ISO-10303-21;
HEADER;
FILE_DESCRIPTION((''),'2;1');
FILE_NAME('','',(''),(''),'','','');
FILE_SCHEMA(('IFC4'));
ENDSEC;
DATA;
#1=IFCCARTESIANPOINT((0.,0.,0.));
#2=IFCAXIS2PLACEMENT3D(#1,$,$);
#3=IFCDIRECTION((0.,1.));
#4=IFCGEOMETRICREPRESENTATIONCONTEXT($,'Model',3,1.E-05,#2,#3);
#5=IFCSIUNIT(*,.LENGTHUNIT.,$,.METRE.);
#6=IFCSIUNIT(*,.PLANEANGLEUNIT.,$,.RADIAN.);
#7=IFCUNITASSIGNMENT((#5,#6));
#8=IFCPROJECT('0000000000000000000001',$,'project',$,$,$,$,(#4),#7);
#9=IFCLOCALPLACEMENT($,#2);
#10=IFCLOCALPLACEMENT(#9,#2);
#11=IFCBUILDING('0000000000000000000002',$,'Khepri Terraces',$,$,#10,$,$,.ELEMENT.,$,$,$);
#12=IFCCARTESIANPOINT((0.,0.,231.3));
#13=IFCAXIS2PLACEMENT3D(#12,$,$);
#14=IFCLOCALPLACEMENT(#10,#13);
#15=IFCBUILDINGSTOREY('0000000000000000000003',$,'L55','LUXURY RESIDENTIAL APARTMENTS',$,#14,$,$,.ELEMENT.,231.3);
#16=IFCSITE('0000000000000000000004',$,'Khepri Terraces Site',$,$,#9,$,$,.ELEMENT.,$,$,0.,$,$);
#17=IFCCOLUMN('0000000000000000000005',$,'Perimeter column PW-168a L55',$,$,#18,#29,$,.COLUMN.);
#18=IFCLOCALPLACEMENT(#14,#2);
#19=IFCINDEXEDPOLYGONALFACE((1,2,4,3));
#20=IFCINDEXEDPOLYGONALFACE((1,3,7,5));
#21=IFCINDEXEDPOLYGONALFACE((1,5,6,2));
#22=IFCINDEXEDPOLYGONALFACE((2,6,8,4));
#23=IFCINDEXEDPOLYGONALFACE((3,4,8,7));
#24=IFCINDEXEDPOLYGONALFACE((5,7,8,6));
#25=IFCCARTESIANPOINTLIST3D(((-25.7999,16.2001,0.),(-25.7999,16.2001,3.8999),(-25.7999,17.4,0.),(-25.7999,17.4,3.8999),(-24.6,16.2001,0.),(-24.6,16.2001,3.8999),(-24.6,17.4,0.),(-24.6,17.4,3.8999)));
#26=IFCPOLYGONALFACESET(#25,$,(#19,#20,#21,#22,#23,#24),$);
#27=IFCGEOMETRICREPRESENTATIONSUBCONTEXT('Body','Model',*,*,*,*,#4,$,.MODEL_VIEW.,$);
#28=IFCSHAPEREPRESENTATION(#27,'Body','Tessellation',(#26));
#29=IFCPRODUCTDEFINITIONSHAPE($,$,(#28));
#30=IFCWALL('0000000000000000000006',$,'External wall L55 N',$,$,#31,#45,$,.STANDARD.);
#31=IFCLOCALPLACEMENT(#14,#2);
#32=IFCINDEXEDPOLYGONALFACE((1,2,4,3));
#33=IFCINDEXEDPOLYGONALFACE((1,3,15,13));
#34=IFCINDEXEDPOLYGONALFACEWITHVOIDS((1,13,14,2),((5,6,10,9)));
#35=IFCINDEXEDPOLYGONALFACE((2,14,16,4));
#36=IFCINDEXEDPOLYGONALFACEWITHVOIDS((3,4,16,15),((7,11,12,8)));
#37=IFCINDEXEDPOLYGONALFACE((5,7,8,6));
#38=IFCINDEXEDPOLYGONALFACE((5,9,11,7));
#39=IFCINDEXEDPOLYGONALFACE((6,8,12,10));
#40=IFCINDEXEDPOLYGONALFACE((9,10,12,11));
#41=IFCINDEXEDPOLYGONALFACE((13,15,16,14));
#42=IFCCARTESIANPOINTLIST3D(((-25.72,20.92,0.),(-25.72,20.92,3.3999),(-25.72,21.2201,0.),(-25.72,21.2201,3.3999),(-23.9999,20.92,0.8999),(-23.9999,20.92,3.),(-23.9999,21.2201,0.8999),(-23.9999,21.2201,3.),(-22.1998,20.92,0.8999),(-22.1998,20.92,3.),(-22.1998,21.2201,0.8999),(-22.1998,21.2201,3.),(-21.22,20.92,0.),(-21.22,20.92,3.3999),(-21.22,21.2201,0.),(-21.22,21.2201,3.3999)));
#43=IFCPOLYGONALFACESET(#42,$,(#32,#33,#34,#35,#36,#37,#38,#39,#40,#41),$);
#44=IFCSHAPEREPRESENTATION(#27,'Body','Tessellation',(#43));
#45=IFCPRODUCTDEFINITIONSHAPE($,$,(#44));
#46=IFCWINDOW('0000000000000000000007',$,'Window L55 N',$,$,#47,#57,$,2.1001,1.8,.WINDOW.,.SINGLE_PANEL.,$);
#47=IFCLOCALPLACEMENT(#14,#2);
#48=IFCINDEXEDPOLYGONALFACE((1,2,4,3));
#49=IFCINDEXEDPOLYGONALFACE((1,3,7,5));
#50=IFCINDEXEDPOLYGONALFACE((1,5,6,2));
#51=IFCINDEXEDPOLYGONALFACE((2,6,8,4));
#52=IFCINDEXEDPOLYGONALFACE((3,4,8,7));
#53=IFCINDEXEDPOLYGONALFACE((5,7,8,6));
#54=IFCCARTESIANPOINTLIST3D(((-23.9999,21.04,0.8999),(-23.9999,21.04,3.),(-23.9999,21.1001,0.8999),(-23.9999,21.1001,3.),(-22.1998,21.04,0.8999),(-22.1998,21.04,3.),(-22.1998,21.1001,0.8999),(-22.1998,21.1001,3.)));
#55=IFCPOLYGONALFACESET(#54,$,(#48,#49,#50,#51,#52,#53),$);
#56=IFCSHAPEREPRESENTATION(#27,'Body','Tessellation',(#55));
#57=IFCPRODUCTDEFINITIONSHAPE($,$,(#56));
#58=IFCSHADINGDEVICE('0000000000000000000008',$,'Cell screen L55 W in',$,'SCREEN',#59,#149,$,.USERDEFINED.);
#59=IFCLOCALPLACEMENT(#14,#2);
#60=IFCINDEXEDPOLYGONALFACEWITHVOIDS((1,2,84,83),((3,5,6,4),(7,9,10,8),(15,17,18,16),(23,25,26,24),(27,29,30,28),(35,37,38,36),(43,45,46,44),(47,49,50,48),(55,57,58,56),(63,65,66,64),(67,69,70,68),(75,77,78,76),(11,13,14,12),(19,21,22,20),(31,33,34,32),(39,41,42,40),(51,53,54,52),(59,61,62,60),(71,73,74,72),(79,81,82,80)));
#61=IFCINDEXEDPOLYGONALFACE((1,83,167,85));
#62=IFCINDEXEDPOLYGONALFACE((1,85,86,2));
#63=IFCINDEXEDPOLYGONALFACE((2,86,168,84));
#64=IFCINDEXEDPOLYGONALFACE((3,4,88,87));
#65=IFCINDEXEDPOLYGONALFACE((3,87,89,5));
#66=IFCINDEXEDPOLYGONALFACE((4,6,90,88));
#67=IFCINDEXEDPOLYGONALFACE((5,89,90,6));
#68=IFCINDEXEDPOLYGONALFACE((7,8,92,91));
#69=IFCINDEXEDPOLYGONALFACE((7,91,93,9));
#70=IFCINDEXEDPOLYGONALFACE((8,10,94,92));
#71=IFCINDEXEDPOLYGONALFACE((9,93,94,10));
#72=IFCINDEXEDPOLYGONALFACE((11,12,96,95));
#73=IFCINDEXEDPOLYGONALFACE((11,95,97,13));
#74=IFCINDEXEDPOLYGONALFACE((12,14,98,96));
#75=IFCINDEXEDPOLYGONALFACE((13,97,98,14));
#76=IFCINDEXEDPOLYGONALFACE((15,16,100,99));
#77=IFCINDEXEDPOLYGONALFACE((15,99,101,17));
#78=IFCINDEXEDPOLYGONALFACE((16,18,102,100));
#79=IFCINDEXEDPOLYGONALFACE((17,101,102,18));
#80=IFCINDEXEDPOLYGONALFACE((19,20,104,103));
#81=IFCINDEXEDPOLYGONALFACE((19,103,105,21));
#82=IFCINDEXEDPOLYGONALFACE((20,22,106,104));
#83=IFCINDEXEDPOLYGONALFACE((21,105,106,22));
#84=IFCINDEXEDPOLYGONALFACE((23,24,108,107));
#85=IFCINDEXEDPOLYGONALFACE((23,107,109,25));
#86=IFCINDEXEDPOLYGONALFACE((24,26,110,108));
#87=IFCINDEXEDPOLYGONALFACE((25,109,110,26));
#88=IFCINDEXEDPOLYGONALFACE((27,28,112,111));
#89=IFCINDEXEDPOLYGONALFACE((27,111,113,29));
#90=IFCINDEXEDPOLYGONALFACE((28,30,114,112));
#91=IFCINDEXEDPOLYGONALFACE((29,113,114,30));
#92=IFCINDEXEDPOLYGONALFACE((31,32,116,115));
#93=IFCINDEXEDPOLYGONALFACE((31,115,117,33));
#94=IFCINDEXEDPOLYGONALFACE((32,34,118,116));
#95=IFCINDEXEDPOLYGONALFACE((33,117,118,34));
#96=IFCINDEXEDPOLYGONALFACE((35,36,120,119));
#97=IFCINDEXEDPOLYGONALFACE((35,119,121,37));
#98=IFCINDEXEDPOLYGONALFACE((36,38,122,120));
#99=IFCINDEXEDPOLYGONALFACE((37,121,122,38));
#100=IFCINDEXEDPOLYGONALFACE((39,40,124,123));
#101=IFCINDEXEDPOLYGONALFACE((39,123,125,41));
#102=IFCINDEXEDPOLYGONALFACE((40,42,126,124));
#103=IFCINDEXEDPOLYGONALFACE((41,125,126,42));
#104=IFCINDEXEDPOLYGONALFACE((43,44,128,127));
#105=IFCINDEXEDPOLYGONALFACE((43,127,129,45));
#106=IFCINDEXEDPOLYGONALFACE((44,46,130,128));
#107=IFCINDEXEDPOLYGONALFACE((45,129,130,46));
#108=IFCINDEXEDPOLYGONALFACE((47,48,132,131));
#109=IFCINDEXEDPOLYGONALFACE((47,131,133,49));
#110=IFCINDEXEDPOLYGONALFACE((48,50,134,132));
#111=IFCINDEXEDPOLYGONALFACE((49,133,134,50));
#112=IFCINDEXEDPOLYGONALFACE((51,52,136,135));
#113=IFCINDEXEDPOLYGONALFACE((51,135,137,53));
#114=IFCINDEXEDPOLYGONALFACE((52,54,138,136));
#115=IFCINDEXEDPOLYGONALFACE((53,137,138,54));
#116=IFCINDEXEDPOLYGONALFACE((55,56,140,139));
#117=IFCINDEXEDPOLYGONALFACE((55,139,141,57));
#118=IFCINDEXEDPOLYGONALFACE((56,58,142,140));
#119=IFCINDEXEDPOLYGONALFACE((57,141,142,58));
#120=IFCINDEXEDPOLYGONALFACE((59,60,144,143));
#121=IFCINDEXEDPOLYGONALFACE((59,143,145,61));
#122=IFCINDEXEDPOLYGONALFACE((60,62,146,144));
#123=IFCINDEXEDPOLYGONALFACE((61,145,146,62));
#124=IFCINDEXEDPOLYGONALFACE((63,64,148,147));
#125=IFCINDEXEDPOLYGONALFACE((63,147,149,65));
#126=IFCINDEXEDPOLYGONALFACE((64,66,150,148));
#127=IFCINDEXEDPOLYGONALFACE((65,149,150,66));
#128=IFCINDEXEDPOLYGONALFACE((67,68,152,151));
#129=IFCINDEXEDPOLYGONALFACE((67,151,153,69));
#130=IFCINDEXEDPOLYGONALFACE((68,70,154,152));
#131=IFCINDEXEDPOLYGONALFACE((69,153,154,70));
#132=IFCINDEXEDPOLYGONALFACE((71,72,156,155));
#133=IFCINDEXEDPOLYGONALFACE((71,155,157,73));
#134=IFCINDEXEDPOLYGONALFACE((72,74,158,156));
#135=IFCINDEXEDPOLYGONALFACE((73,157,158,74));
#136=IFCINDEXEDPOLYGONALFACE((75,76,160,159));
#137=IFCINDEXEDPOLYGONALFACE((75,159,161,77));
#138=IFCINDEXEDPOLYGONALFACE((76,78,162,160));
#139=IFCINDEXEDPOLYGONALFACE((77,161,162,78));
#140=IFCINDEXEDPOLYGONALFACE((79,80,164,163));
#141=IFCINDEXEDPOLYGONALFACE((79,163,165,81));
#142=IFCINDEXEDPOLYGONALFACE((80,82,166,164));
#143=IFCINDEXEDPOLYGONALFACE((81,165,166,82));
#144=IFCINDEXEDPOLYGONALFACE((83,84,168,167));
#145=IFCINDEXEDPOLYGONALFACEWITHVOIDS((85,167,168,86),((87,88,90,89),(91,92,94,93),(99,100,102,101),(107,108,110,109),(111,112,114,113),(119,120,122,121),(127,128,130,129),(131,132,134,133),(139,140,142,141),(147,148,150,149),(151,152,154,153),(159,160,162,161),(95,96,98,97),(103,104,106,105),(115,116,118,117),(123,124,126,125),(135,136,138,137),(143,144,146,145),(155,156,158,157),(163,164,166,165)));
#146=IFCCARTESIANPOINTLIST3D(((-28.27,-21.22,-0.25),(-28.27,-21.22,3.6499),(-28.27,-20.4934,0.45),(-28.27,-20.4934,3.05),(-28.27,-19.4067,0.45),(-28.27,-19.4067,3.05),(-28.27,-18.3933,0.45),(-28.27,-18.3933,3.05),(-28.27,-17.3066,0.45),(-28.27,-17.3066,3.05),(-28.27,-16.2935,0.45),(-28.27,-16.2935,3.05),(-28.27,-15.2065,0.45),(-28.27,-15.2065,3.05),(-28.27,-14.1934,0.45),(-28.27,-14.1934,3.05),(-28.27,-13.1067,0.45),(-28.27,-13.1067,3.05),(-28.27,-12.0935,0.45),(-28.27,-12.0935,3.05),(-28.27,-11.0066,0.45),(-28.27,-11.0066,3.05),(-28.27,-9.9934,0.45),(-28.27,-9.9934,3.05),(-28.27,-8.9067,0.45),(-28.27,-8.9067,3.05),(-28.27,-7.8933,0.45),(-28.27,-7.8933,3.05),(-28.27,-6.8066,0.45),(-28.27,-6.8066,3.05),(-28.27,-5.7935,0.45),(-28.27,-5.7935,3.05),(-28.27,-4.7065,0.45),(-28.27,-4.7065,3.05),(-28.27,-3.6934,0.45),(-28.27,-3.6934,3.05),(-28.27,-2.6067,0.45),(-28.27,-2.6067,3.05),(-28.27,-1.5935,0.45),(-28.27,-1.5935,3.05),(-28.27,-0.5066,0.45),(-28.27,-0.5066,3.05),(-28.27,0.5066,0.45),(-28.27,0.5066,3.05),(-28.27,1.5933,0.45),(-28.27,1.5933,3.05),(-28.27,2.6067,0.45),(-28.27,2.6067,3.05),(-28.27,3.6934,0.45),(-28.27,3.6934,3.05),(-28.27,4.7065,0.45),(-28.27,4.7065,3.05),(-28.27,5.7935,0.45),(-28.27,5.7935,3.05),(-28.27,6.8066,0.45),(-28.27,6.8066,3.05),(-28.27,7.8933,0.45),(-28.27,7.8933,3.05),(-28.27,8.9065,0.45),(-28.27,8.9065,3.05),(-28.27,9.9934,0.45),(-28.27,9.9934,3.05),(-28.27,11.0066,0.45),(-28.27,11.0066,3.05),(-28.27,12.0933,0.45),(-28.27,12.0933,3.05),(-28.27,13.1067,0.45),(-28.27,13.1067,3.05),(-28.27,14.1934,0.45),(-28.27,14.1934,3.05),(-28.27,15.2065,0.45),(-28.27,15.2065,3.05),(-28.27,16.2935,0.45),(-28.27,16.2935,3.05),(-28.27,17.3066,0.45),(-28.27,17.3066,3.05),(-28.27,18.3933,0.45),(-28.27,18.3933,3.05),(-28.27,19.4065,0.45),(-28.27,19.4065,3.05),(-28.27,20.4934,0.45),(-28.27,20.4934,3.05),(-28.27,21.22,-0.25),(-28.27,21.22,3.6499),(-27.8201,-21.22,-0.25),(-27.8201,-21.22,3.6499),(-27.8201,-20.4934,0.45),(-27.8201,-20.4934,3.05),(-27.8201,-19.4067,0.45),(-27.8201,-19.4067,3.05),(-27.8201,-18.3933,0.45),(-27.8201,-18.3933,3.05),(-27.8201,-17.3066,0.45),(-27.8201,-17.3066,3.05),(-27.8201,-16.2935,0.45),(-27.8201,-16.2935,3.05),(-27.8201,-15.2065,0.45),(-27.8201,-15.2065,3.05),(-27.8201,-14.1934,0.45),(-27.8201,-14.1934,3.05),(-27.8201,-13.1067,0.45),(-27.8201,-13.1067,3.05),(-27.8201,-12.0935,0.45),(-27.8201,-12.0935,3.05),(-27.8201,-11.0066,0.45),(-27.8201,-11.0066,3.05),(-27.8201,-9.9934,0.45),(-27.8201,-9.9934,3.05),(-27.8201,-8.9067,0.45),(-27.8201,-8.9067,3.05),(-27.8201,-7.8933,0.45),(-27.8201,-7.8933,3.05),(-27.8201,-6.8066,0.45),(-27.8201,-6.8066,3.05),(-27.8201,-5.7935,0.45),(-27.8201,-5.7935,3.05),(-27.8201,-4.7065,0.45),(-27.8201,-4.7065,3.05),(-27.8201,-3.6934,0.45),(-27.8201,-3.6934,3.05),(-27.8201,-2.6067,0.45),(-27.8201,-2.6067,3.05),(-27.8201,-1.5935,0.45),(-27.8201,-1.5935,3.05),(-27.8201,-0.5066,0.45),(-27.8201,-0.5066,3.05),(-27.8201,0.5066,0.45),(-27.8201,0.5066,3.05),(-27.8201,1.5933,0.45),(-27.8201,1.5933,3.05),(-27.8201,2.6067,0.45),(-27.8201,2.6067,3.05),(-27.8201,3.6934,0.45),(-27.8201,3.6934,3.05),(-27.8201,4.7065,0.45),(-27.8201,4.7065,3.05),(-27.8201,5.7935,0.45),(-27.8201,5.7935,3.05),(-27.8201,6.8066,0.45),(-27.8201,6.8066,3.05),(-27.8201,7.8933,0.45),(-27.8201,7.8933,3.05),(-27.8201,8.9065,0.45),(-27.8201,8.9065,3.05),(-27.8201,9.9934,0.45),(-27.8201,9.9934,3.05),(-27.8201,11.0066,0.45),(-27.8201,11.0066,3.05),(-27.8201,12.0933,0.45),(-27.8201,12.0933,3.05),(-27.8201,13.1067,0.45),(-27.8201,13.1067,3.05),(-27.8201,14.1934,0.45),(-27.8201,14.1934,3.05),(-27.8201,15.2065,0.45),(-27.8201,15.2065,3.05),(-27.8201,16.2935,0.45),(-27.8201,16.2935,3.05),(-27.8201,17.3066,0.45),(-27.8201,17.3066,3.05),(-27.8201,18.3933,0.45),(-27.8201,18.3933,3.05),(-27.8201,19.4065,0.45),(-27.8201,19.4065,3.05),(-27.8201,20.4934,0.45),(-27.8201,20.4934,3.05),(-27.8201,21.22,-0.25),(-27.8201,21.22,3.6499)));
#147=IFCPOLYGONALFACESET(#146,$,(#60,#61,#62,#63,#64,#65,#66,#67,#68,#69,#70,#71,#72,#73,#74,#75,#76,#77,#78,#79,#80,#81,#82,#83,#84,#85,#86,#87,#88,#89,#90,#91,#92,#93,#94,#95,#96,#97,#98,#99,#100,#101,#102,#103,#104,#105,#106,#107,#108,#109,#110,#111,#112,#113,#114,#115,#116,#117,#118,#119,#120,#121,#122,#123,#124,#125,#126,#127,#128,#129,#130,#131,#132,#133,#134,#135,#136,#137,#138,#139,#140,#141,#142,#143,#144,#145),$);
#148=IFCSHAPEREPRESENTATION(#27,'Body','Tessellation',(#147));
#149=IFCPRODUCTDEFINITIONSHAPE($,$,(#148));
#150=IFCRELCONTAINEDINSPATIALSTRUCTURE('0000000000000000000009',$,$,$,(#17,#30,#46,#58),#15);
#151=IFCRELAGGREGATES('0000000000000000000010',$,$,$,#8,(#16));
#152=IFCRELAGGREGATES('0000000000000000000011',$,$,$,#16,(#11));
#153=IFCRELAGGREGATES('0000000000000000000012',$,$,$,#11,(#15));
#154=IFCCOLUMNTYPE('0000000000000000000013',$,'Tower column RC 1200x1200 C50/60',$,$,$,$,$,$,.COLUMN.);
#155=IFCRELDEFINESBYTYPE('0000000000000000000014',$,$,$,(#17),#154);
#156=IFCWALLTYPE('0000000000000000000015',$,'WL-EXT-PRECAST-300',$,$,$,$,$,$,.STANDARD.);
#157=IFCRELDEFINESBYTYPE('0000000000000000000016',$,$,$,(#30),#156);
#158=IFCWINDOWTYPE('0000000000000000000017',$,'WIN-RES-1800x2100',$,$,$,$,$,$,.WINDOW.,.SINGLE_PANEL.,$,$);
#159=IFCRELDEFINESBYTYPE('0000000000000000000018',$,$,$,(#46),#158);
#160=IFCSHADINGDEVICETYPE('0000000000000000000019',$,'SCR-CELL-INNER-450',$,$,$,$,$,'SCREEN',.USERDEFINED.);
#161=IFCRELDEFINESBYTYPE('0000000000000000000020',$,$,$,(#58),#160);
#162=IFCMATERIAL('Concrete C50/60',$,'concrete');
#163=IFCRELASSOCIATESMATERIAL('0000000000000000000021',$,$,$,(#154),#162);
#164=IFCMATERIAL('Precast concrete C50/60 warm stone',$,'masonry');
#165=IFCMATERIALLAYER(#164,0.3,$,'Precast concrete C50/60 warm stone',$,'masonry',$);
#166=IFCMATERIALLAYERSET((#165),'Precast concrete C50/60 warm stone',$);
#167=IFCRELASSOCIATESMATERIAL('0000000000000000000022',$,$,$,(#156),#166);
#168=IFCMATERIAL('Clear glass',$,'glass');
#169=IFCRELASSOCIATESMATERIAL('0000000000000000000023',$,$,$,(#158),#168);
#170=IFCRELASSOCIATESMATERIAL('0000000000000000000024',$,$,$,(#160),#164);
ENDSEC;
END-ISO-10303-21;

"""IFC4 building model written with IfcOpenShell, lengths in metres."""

from ifc_helpers import new_model, si_unit, direction, frame, frame_2d, origin, origin_2d, place, context, subcontext, project, spatial, polyline, rectangle, outline, extrude, material, layer, layer_set, material_profile, profile_set, type_object, element, fill, save


model = new_model("IFC4")

# Units and contexts
model_context = context("Model", 3, precision=1e-05, world=origin(), true_north=direction((0.0, 1.0)))
body_context = subcontext(model_context, "Body", "Model", "MODEL_VIEW")
ifc_project = project(units=[si_unit("LENGTHUNIT", "METRE"), si_unit("PLANEANGLEUNIT", "RADIAN")], contexts=[model_context])

# Site, building, storey
site_placement = place(None, origin())
site = spatial("IfcSite", under=ifc_project, at=site_placement, Name="Khepri Terraces Site", CompositionType="ELEMENT", RefElevation=0.0)
building_placement = place(site_placement, origin())
building = spatial("IfcBuilding", under=site, at=building_placement, Name="Khepri Terraces", CompositionType="ELEMENT")
storey_placement = place(building_placement, frame((0.0, 0.0, 231.3)))
storey = spatial("IfcBuildingStorey", under=building, at=storey_placement, Name="L55", Description="LUXURY RESIDENTIAL APARTMENTS", CompositionType="ELEMENT", Elevation=231.3)

# Column
ifc_material_1 = material(Name="Concrete C50/60", Category="concrete")
ifc_material_profile = material_profile(ifc_material_1, rectangle(XDim=1.2, YDim=1.2, at=origin_2d()), Name="Concrete C50/60", Category="concrete")
ifc_profile_set = profile_set([ifc_material_profile], Name="Concrete C50/60")
column_type = type_object("IfcColumnType", Name="Tower column RC 1200x1200 C50/60", PredefinedType="COLUMN", material=ifc_profile_set)
column_placement = place(storey_placement, frame((-25.2, 16.8, 0.0), z_axis=(0.0, 0.0, 1.0), x_axis=(1.0, 0.0, 0.0)))
element("IfcColumn", 1, at=column_placement, inside=storey, type_object=column_type, Name="Perimeter column PW-168a L55", PredefinedType="COLUMN", context=body_context, shape_type="SweptSolid", body=[
    extrude(rectangle(XDim=1.2, YDim=1.2, at=origin_2d()), origin(), (0.0, 0.0, 1.0), 3.8999),
])

# Wall, opening, window
ifc_material_2 = material(Name="Precast concrete C50/60 warm stone", Category="masonry")
ifc_layer = layer(ifc_material_2, 0.3, Name="Precast concrete C50/60 warm stone", Category="masonry")
ifc_layer_set = layer_set([ifc_layer], Name="Precast concrete C50/60 warm stone")
wall_type = type_object("IfcWallType", Name="WL-EXT-PRECAST-300", PredefinedType="STANDARD", material=ifc_layer_set)
wall_1_placement = place(storey_placement, frame((-21.22, 21.0701, 0.0), z_axis=(0.0, 0.0, 1.0), x_axis=(-1.0, 0.0, 0.0)))
wall_1 = element("IfcWall", 2, at=wall_1_placement, inside=storey, type_object=wall_type, Name="External wall L55 N", PredefinedType="STANDARD", context=body_context, shape_type="SweptSolid", body=[
    extrude(rectangle(XDim=4.5, YDim=0.3, at=frame_2d((2.25, 0.0))), origin(), (0.0, 0.0, 1.0), 3.3999),
])
opening_1_placement = place(wall_1_placement, frame((0.98, 0.0, 0.8999)))
opening_1 = element("IfcOpeningElement", 3, at=opening_1_placement, cuts=wall_1, PredefinedType="OPENING", context=body_context, shape_type="SweptSolid", body=[
    extrude(rectangle(XDim=1.8, YDim=2.1001, at=frame_2d((0.8999, 1.05))), frame((0.0, 0.1602, 0.0), z_axis=(0.0, -1.0, 0.0), x_axis=(1.0, 0.0, 0.0)), (0.0, 0.0, 1.0), 0.3201),
])
ifc_material_3 = material(Name="Clear glass", Category="glass")
window_type = type_object("IfcWindowType", Name="WIN-RES-1800x2100", PartitioningType="SINGLE_PANEL", PredefinedType="WINDOW", material=ifc_material_3)
window_placement = place(opening_1_placement, origin())
window = element("IfcWindow", 4, at=window_placement, inside=storey, type_object=window_type, Name="Window L55 N", OverallHeight=2.1001, OverallWidth=1.8, PartitioningType="SINGLE_PANEL", PredefinedType="WINDOW", context=body_context, shape_type="SweptSolid", body=[
    extrude(rectangle(XDim=1.8, YDim=2.1001, at=frame_2d((0.8999, 1.05))), frame((0.0, 0.03, 0.0), z_axis=(0.0, -1.0, 0.0), x_axis=(1.0, 0.0, 0.0)), (0.0, 0.0, 1.0), 0.0601),
])
fill(opening_1, window)

# Shading device
shading_device_type_1 = type_object("IfcShadingDeviceType", Name="SCR-CELL-INNER-450", ElementType="SCREEN", PredefinedType="USERDEFINED", material=ifc_material_2)
shading_device_1_placement = place(storey_placement, frame((-27.8201, 21.22, -0.25), z_axis=(-1.0, 0.0, 0.0), x_axis=(0.0, -1.0, 0.0)))
element("IfcShadingDevice", 5, at=shading_device_1_placement, inside=storey, type_object=shading_device_type_1, Name="Cell screen L55 W in", ObjectType="SCREEN", PredefinedType="USERDEFINED", context=body_context, shape_type="SweptSolid", body=[
    extrude(outline(polyline([(0.0, 0.0), (42.4399, 0.0), (42.4399, 3.8999), (0.0, 3.8999), (0.0, 0.0)]), holes=[polyline([(0.7266, 0.7), (1.8135, 0.7), (1.8135, 3.3), (0.7266, 3.3), (0.7266, 0.7)]), polyline([(2.8267, 0.7), (3.9133, 0.7), (3.9133, 3.3), (2.8267, 3.3), (2.8267, 0.7)]), polyline([(4.9265, 0.7), (6.0134, 0.7), (6.0134, 3.3), (4.9265, 3.3), (4.9265, 0.7)]), polyline([(7.0266, 0.7), (8.1133, 0.7), (8.1133, 3.3), (7.0266, 3.3), (7.0266, 0.7)]), polyline([(9.1267, 0.7), (10.2134, 0.7), (10.2134, 3.3), (9.1267, 3.3), (9.1267, 0.7)]), polyline([(11.2266, 0.7), (12.3135, 0.7), (12.3135, 3.3), (11.2266, 3.3), (11.2266, 0.7)]), polyline([(13.3267, 0.7), (14.4133, 0.7), (14.4133, 3.3), (13.3267, 3.3), (13.3267, 0.7)]), polyline([(15.4265, 0.7), (16.5134, 0.7), (16.5134, 3.3), (15.4265, 3.3), (15.4265, 0.7)]), polyline([(17.5266, 0.7), (18.6133, 0.7), (18.6133, 3.3), (17.5266, 3.3), (17.5266, 0.7)]), polyline([(19.6267, 0.7), (20.7134, 0.7), (20.7134, 3.3), (19.6267, 3.3), (19.6267, 0.7)]), polyline([(21.7266, 0.7), (22.8135, 0.7), (22.8135, 3.3), (21.7266, 3.3), (21.7266, 0.7)]), polyline([(23.8267, 0.7), (24.9133, 0.7), (24.9133, 3.3), (23.8267, 3.3), (23.8267, 0.7)]), polyline([(25.9265, 0.7), (27.0134, 0.7), (27.0134, 3.3), (25.9265, 3.3), (25.9265, 0.7)]), polyline([(28.0266, 0.7), (29.1133, 0.7), (29.1133, 3.3), (28.0266, 3.3), (28.0266, 0.7)]), polyline([(30.1267, 0.7), (31.2134, 0.7), (31.2134, 3.3), (30.1267, 3.3), (30.1267, 0.7)]), polyline([(32.2266, 0.7), (33.3135, 0.7), (33.3135, 3.3), (32.2266, 3.3), (32.2266, 0.7)]), polyline([(34.3267, 0.7), (35.4133, 0.7), (35.4133, 3.3), (34.3267, 3.3), (34.3267, 0.7)]), polyline([(36.4265, 0.7), (37.5134, 0.7), (37.5134, 3.3), (36.4265, 3.3), (36.4265, 0.7)]), polyline([(38.5266, 0.7), (39.6133, 0.7), (39.6133, 3.3), (38.5266, 3.3), (38.5266, 0.7)]), polyline([(40.6267, 0.7), (41.7134, 0.7), (41.7134, 3.3), (40.6267, 3.3), (40.6267, 0.7)])]), origin(), (0.0, 0.0, 1.0), 0.45),
])

save(model, "model.ifc")
